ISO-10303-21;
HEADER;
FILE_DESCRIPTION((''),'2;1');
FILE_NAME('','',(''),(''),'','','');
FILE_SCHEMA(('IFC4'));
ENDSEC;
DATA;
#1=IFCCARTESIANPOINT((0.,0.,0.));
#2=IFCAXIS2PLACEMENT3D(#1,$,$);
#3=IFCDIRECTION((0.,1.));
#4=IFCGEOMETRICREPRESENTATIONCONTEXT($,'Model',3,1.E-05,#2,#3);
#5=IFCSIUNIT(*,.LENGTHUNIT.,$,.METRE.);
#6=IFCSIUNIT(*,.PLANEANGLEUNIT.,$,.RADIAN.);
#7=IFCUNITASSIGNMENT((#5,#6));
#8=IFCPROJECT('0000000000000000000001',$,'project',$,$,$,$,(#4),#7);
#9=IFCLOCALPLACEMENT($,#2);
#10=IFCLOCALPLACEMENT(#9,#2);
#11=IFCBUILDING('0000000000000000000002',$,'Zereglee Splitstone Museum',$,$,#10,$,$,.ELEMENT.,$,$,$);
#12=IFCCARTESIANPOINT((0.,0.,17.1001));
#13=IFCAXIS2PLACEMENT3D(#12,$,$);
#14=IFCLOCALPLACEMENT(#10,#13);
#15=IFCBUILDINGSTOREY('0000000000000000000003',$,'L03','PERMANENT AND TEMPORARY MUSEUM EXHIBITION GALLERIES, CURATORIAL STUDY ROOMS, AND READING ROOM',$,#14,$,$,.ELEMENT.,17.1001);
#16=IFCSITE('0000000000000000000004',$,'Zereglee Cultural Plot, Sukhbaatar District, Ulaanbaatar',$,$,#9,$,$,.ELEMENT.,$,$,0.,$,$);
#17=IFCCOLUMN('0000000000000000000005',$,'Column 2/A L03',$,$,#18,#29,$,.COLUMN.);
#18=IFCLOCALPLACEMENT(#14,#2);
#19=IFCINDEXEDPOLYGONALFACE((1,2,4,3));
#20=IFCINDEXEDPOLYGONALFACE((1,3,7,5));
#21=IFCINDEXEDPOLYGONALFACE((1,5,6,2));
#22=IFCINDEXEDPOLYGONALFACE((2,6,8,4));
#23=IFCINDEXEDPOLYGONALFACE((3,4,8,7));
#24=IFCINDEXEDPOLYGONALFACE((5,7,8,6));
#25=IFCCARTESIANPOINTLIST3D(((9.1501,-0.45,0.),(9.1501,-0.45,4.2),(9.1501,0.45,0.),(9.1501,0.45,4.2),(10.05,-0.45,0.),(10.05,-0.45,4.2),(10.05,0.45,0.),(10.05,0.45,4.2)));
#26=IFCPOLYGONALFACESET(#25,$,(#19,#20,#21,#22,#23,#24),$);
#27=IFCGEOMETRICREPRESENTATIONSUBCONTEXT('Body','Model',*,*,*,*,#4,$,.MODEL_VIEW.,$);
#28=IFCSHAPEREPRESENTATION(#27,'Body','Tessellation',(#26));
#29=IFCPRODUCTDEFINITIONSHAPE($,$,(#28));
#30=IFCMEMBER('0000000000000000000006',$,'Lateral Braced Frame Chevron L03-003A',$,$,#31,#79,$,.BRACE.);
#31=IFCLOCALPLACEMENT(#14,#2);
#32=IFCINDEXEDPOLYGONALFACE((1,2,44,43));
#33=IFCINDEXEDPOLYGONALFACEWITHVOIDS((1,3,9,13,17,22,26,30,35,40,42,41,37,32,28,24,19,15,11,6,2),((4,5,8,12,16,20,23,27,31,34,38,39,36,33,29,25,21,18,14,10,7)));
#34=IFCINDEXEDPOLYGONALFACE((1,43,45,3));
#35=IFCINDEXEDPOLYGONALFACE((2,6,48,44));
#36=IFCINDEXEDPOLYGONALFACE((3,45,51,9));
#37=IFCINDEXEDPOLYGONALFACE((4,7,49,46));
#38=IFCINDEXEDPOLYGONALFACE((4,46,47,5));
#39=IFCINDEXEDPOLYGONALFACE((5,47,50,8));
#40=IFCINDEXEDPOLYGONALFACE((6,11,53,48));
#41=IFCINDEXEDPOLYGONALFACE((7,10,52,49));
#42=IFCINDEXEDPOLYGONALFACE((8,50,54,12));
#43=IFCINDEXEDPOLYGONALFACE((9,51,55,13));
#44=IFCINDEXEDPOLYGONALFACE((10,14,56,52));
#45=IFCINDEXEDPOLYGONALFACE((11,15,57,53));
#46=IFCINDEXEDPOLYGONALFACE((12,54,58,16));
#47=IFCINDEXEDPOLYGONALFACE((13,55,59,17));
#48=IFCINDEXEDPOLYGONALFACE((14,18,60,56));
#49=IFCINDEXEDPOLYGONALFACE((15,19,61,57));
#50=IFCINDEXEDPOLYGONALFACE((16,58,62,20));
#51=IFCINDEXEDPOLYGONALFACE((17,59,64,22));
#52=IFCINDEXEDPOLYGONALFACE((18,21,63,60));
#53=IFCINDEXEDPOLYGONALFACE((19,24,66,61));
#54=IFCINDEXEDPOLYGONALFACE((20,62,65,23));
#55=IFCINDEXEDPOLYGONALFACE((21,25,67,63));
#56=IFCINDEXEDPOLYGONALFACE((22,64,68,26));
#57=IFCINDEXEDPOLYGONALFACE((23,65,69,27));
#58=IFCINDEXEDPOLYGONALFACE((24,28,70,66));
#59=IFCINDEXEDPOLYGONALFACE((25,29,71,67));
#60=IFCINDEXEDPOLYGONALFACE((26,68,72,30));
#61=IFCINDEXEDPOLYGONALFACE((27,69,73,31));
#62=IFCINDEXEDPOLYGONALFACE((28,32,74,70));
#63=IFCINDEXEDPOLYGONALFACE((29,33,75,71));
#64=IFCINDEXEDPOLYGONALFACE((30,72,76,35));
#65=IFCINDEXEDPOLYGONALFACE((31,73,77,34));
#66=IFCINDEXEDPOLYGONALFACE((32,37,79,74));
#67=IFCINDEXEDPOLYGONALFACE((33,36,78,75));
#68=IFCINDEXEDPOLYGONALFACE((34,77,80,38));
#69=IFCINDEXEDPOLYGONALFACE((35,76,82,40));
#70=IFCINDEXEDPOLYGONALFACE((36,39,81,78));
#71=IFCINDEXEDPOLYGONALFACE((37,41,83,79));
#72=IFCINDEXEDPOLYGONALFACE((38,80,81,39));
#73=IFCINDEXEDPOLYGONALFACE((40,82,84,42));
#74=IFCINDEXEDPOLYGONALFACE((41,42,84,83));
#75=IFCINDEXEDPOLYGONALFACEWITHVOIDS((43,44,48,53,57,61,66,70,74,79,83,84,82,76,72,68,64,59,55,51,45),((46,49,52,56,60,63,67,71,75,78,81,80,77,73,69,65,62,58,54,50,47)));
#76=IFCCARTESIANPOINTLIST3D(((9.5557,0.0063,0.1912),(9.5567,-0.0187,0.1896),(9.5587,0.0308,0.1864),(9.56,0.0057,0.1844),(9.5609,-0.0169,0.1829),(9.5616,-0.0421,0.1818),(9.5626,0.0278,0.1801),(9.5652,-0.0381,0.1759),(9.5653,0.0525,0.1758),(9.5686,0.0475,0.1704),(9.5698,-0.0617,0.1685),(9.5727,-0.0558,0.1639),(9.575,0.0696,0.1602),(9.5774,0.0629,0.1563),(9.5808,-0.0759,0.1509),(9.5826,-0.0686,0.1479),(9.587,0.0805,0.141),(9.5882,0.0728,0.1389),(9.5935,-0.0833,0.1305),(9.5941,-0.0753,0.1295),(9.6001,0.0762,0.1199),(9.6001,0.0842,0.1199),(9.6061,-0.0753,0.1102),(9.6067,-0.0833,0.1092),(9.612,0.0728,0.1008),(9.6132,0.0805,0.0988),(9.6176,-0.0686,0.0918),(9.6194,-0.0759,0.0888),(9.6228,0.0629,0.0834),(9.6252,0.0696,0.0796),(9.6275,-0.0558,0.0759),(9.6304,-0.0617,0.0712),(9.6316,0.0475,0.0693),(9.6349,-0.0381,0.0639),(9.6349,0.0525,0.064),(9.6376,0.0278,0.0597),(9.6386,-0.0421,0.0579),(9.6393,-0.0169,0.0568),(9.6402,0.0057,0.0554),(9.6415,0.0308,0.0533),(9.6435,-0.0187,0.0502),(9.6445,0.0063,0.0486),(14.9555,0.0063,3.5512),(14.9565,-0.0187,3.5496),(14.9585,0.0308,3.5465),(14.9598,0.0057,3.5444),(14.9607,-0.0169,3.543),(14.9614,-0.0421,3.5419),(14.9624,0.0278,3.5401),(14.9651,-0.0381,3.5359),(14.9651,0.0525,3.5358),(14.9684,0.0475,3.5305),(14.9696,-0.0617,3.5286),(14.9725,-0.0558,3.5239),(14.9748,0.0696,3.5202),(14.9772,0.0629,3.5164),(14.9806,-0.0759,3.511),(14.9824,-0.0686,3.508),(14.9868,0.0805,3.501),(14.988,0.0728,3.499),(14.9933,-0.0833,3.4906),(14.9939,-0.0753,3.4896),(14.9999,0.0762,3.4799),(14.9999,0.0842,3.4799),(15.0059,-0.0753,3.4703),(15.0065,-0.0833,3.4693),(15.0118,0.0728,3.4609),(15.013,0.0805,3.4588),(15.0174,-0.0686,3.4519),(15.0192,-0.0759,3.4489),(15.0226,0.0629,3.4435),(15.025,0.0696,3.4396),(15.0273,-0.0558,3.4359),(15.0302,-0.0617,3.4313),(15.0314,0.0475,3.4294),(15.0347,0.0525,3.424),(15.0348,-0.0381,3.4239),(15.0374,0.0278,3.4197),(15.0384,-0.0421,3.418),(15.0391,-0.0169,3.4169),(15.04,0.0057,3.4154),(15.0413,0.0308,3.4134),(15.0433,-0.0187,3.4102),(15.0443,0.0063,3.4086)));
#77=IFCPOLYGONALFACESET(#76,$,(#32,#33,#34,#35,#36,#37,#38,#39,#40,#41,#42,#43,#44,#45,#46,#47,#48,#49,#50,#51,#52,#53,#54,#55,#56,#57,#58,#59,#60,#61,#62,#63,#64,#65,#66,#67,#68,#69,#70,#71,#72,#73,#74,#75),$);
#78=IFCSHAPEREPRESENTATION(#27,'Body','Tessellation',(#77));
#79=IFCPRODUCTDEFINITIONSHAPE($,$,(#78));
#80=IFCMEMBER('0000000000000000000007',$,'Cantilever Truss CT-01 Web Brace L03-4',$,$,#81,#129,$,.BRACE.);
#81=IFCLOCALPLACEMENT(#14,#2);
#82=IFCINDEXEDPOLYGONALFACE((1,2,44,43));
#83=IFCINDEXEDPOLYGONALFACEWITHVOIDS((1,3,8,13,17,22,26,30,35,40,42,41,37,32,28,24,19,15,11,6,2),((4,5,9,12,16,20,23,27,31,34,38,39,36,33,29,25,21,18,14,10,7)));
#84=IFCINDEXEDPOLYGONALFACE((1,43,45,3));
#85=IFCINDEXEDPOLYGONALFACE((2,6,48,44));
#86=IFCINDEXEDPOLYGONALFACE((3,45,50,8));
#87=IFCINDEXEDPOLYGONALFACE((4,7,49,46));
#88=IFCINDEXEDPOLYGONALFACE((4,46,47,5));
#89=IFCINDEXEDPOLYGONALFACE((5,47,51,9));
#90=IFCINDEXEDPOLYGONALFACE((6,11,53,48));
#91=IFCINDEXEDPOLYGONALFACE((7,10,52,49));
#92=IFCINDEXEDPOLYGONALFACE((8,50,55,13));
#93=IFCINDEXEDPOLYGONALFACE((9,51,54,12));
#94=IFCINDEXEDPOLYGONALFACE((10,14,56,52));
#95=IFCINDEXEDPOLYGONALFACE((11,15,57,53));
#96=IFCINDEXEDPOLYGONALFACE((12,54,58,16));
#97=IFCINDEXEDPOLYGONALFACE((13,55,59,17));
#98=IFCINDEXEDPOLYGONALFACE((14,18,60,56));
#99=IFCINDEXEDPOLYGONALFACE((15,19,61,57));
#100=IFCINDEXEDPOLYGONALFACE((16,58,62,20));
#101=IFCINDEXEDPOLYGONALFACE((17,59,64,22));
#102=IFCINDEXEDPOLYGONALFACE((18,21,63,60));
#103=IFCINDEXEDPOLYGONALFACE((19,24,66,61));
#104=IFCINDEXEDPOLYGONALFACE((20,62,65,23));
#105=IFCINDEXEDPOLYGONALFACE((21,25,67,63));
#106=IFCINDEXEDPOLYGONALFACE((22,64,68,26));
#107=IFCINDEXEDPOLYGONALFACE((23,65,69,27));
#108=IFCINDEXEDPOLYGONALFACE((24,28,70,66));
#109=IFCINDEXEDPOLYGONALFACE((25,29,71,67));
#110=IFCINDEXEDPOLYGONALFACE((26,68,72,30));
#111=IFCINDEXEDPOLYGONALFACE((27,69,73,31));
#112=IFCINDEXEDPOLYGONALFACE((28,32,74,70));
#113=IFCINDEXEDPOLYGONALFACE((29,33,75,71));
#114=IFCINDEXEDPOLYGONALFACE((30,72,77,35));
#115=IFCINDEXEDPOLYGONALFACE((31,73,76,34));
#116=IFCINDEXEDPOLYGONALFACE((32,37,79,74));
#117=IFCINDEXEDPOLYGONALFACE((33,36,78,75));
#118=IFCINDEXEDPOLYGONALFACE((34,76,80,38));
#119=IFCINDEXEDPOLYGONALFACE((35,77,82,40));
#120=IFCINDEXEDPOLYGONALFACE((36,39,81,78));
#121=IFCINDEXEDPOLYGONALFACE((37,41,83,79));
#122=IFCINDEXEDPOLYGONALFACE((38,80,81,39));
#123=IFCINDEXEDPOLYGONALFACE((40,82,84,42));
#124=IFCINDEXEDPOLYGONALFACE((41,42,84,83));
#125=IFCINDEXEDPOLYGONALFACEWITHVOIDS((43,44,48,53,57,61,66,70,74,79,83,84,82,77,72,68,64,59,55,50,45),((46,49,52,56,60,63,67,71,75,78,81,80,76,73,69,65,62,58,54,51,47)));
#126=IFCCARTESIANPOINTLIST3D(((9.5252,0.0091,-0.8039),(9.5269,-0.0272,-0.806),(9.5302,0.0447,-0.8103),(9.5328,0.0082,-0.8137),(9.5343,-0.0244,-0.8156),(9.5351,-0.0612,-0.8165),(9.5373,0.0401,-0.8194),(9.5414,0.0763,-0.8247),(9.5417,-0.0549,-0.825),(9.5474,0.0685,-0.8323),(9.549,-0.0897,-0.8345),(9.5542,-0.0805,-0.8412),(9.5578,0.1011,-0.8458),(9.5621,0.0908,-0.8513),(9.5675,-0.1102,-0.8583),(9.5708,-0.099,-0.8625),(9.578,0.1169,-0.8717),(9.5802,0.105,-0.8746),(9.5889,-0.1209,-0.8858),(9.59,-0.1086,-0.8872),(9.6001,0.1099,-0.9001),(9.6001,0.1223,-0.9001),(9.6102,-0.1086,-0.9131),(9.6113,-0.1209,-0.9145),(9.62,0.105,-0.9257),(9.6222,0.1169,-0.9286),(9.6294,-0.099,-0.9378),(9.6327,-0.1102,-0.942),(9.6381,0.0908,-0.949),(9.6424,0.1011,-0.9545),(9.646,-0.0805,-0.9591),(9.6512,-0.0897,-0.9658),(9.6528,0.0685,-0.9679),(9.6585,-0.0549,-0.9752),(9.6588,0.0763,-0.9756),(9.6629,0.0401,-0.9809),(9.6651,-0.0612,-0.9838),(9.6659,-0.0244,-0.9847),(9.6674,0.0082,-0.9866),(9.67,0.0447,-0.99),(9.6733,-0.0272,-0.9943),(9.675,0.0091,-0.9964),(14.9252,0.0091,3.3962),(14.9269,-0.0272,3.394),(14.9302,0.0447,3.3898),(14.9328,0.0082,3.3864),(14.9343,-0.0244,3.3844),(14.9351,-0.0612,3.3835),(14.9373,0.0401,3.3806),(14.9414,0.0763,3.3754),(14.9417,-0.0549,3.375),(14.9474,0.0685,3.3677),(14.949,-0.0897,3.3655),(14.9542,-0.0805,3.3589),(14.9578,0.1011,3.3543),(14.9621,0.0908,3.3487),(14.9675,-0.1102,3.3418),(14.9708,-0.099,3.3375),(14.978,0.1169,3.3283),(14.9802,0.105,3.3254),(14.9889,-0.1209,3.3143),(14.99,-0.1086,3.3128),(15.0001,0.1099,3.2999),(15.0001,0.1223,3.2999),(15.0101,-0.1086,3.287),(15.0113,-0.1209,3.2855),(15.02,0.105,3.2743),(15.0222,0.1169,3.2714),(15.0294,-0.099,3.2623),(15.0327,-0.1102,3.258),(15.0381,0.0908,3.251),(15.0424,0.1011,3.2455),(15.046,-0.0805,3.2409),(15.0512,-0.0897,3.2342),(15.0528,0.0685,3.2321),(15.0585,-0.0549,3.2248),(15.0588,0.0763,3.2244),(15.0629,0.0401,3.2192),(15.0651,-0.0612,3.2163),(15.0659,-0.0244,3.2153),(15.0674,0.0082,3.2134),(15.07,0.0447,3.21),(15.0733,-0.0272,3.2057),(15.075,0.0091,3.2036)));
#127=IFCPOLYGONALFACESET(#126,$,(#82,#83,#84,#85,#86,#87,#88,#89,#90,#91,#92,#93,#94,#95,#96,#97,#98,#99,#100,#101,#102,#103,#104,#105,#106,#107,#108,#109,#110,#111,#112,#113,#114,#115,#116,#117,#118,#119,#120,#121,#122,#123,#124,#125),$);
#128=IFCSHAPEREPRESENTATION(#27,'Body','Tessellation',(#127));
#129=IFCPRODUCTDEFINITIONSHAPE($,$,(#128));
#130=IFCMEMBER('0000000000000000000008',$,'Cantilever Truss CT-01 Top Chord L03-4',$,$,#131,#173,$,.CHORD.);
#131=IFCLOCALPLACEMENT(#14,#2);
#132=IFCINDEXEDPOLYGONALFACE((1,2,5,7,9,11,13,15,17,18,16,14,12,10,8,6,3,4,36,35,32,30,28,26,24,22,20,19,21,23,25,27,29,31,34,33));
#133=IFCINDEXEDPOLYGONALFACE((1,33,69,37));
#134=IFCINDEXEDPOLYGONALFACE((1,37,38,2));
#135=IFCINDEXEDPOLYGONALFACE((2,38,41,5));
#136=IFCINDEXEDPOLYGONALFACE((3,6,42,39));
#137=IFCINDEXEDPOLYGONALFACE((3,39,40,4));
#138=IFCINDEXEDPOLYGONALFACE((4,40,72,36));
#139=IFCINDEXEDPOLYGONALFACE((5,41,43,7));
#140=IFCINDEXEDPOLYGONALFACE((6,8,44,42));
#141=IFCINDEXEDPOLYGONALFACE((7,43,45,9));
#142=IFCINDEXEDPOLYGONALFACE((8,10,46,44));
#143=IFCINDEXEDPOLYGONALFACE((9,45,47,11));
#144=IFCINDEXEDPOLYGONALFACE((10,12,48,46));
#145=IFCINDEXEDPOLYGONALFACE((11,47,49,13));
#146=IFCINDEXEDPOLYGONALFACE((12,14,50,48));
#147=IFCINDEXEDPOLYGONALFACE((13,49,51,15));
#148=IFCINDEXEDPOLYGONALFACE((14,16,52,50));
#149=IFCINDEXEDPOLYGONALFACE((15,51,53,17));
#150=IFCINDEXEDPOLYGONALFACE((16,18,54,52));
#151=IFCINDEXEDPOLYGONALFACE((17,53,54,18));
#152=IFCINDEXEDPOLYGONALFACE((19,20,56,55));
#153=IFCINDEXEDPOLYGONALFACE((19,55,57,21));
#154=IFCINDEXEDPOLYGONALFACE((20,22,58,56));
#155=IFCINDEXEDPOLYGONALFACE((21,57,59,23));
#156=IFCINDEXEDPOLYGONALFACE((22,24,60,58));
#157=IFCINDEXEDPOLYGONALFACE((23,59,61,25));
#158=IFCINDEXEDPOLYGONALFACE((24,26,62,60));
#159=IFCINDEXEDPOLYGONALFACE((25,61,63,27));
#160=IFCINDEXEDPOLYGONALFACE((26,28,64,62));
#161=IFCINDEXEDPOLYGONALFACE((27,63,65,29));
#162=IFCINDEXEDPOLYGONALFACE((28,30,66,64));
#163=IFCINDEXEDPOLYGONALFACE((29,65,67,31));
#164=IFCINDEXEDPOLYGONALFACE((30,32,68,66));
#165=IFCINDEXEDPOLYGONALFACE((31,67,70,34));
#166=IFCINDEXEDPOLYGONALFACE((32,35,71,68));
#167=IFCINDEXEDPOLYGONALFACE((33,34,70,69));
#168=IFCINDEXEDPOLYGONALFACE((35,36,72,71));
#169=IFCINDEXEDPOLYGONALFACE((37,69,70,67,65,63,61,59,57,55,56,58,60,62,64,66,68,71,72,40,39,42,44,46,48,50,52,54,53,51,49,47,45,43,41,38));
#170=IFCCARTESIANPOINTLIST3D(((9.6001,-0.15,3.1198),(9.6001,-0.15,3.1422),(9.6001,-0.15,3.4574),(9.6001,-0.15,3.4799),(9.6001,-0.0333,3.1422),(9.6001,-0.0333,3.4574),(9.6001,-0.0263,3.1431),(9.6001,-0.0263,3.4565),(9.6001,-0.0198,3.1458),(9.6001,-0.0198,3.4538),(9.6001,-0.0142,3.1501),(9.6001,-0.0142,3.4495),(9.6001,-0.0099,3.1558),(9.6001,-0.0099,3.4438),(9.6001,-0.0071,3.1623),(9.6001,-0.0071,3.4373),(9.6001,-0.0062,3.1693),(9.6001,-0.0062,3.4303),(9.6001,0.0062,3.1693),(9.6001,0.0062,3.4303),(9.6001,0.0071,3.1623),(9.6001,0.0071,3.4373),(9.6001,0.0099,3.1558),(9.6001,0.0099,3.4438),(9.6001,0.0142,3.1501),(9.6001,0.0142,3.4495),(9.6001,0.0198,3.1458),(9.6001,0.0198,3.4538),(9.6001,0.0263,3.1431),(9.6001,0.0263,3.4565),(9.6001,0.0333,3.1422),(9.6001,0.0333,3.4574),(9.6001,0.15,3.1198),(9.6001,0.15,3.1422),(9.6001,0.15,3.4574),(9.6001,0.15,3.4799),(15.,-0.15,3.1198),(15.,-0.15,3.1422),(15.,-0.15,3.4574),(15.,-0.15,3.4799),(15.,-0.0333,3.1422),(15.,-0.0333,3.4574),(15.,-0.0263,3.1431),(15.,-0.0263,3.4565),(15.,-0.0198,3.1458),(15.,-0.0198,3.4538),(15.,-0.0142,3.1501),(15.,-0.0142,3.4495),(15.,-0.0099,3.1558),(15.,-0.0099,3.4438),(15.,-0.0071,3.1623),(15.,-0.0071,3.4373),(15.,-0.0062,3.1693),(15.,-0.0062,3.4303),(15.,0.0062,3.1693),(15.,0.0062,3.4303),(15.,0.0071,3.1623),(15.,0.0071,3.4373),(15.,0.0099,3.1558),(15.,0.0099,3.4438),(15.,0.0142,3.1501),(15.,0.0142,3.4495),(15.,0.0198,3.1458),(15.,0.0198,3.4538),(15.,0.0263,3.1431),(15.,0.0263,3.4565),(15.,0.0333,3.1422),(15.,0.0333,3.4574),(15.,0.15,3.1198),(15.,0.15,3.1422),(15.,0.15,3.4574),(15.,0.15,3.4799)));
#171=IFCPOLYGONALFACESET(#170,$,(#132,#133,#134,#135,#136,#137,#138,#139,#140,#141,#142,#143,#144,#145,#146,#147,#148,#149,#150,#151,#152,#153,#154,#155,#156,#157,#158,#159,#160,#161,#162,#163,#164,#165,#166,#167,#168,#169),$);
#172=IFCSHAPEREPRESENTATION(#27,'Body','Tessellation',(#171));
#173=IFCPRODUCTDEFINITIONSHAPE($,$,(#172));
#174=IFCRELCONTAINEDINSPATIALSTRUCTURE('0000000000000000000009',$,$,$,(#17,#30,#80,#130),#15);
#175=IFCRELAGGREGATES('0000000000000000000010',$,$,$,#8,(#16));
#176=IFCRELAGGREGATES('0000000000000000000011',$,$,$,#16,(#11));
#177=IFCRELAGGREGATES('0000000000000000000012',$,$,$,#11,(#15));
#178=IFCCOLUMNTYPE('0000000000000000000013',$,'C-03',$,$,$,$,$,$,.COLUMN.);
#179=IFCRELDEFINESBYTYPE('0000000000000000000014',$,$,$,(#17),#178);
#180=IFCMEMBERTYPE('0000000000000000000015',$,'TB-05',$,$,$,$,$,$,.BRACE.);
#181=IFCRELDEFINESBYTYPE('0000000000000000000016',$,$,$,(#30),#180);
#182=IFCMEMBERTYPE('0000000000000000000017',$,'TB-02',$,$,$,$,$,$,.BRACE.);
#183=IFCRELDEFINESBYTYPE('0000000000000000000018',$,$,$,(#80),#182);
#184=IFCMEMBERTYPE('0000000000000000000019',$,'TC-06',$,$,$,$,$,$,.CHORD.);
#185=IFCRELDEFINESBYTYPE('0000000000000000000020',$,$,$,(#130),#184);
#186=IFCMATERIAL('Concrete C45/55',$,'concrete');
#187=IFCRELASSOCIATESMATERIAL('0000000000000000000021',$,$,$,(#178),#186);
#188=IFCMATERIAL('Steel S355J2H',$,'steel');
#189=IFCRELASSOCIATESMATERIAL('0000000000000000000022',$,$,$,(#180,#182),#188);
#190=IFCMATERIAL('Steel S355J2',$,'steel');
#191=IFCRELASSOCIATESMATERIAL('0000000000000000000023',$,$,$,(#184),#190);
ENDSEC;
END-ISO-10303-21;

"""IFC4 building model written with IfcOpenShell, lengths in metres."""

from ifc_helpers import new_model, si_unit, direction, frame, origin, origin_2d, place, context, subcontext, project, spatial, rectangle, hollow_circle, i_section, extrude, material, material_profile, profile_set, type_object, element, save


model = new_model("IFC4")

# Units and contexts
model_context = context("Model", 3, precision=1e-05, world=origin(), true_north=direction((0.0, 1.0)))
body_context = subcontext(model_context, "Body", "Model", "MODEL_VIEW")
ifc_project = project(units=[si_unit("LENGTHUNIT", "METRE"), si_unit("PLANEANGLEUNIT", "RADIAN")], contexts=[model_context])

# Site, building, storey
site_placement = place(None, origin())
site = spatial("IfcSite", under=ifc_project, at=site_placement, Name="Zereglee Cultural Plot, Sukhbaatar District, Ulaanbaatar", CompositionType="ELEMENT", RefElevation=0.0)
building_placement = place(site_placement, origin())
building = spatial("IfcBuilding", under=site, at=building_placement, Name="Zereglee Splitstone Museum", CompositionType="ELEMENT")
storey_placement = place(building_placement, frame((0.0, 0.0, 17.1001)))
storey = spatial("IfcBuildingStorey", under=building, at=storey_placement, Name="L03", Description="PERMANENT AND TEMPORARY MUSEUM EXHIBITION GALLERIES, CURATORIAL STUDY ROOMS, AND READING ROOM", CompositionType="ELEMENT", Elevation=17.1001)

# Column
ifc_material_1 = material(Name="Concrete C45/55", Category="concrete")
ifc_material_profile_1 = material_profile(ifc_material_1, rectangle(XDim=0.8999, YDim=0.8999, at=origin_2d()), Name="RC 900x900")
ifc_profile_set_1 = profile_set([ifc_material_profile_1], Name="Concrete C45/55")
column_type = type_object("IfcColumnType", Name="C-03", PredefinedType="COLUMN", material=ifc_profile_set_1)
column_placement = place(storey_placement, frame((9.6001, 0.0, 0.0), z_axis=(0.0, 0.0, 1.0), x_axis=(1.0, 0.0, 0.0)))
element("IfcColumn", 1, at=column_placement, inside=storey, type_object=column_type, Name="Column 2/A L03", PredefinedType="COLUMN", context=body_context, shape_type="SweptSolid", body=[
    extrude(rectangle(XDim=0.8999, YDim=0.8999, at=origin_2d()), origin(), (0.0, 0.0, 1.0), 4.2),
])

# Members
ifc_material_2 = material(Name="Steel S355J2H", Category="steel")
ifc_material_profile_2 = material_profile(ifc_material_2, hollow_circle(Radius=0.0842, WallThickness=0.0081, at=origin_2d()), Name="CHS 168.3x8")
ifc_profile_set_2 = profile_set([ifc_material_profile_2], Name="Steel S355J2H")
member_type_1 = type_object("IfcMemberType", Name="TB-05", PredefinedType="BRACE", material=ifc_profile_set_2)
member_1_placement = place(storey_placement, frame((9.6001, 0.0, 0.1199), z_axis=(0.849045, 0.0, 0.528321), x_axis=(0.0, 1.0, 0.0)))
element("IfcMember", 2, at=member_1_placement, inside=storey, type_object=member_type_1, Name="Lateral Braced Frame Chevron L03-003A", PredefinedType="BRACE", context=body_context, shape_type="SweptSolid", body=[
    extrude(hollow_circle(Radius=0.0842, WallThickness=0.0081, at=origin_2d()), origin(), (0.0, 0.0, 1.0), 6.3599),
])
ifc_material_profile_3 = material_profile(ifc_material_2, hollow_circle(Radius=0.1223, WallThickness=0.0125, at=origin_2d()), Name="CHS 244.5x12.5")
ifc_profile_set_3 = profile_set([ifc_material_profile_3], Name="Steel S355J2H")
member_type_2 = type_object("IfcMemberType", Name="TB-02", PredefinedType="BRACE", material=ifc_profile_set_3)
member_2_placement = place(storey_placement, frame((9.6001, 0.0, -0.9001), z_axis=(0.78935, 0.0, 0.613943), x_axis=(0.0, 1.0, 0.0)))
element("IfcMember", 3, at=member_2_placement, inside=storey, type_object=member_type_2, Name="Cantilever Truss CT-01 Web Brace L03-4", PredefinedType="BRACE", context=body_context, shape_type="SweptSolid", body=[
    extrude(hollow_circle(Radius=0.1223, WallThickness=0.0125, at=origin_2d()), origin(), (0.0, 0.0, 1.0), 6.8411),
])
ifc_material_3 = material(Name="Steel S355J2", Category="steel")
ifc_material_profile_4 = material_profile(ifc_material_3, i_section(OverallWidth=0.3, OverallDepth=0.3601, WebThickness=0.0125, FlangeThickness=0.0225, FilletRadius=0.0271, at=origin_2d()), Name="HE 360 B")
ifc_profile_set_4 = profile_set([ifc_material_profile_4], Name="Steel S355J2")
member_type_3 = type_object("IfcMemberType", Name="TC-06", PredefinedType="CHORD", material=ifc_profile_set_4)
for number, where, z_axis, x_axis, name in (
    (4, (9.6001, 0.0, 3.2998), (1.0, 0.0, 0.0), (0.0, 1.0, 0.0), "Cantilever Truss CT-01 Top Chord L03-4"),
):
    element("IfcMember", number, at=place(storey_placement, frame(where, z_axis=z_axis, x_axis=x_axis)), inside=storey, type_object=member_type_3, Name=name, PredefinedType="CHORD", context=body_context, shape_type="SweptSolid", body=[
        extrude(i_section(OverallWidth=0.3, OverallDepth=0.3601, WebThickness=0.0125, FlangeThickness=0.0225, FilletRadius=0.0271, at=origin_2d()), origin(), (0.0, 0.0, 1.0), 5.3999),
    ])

save(model, "model.ifc")
